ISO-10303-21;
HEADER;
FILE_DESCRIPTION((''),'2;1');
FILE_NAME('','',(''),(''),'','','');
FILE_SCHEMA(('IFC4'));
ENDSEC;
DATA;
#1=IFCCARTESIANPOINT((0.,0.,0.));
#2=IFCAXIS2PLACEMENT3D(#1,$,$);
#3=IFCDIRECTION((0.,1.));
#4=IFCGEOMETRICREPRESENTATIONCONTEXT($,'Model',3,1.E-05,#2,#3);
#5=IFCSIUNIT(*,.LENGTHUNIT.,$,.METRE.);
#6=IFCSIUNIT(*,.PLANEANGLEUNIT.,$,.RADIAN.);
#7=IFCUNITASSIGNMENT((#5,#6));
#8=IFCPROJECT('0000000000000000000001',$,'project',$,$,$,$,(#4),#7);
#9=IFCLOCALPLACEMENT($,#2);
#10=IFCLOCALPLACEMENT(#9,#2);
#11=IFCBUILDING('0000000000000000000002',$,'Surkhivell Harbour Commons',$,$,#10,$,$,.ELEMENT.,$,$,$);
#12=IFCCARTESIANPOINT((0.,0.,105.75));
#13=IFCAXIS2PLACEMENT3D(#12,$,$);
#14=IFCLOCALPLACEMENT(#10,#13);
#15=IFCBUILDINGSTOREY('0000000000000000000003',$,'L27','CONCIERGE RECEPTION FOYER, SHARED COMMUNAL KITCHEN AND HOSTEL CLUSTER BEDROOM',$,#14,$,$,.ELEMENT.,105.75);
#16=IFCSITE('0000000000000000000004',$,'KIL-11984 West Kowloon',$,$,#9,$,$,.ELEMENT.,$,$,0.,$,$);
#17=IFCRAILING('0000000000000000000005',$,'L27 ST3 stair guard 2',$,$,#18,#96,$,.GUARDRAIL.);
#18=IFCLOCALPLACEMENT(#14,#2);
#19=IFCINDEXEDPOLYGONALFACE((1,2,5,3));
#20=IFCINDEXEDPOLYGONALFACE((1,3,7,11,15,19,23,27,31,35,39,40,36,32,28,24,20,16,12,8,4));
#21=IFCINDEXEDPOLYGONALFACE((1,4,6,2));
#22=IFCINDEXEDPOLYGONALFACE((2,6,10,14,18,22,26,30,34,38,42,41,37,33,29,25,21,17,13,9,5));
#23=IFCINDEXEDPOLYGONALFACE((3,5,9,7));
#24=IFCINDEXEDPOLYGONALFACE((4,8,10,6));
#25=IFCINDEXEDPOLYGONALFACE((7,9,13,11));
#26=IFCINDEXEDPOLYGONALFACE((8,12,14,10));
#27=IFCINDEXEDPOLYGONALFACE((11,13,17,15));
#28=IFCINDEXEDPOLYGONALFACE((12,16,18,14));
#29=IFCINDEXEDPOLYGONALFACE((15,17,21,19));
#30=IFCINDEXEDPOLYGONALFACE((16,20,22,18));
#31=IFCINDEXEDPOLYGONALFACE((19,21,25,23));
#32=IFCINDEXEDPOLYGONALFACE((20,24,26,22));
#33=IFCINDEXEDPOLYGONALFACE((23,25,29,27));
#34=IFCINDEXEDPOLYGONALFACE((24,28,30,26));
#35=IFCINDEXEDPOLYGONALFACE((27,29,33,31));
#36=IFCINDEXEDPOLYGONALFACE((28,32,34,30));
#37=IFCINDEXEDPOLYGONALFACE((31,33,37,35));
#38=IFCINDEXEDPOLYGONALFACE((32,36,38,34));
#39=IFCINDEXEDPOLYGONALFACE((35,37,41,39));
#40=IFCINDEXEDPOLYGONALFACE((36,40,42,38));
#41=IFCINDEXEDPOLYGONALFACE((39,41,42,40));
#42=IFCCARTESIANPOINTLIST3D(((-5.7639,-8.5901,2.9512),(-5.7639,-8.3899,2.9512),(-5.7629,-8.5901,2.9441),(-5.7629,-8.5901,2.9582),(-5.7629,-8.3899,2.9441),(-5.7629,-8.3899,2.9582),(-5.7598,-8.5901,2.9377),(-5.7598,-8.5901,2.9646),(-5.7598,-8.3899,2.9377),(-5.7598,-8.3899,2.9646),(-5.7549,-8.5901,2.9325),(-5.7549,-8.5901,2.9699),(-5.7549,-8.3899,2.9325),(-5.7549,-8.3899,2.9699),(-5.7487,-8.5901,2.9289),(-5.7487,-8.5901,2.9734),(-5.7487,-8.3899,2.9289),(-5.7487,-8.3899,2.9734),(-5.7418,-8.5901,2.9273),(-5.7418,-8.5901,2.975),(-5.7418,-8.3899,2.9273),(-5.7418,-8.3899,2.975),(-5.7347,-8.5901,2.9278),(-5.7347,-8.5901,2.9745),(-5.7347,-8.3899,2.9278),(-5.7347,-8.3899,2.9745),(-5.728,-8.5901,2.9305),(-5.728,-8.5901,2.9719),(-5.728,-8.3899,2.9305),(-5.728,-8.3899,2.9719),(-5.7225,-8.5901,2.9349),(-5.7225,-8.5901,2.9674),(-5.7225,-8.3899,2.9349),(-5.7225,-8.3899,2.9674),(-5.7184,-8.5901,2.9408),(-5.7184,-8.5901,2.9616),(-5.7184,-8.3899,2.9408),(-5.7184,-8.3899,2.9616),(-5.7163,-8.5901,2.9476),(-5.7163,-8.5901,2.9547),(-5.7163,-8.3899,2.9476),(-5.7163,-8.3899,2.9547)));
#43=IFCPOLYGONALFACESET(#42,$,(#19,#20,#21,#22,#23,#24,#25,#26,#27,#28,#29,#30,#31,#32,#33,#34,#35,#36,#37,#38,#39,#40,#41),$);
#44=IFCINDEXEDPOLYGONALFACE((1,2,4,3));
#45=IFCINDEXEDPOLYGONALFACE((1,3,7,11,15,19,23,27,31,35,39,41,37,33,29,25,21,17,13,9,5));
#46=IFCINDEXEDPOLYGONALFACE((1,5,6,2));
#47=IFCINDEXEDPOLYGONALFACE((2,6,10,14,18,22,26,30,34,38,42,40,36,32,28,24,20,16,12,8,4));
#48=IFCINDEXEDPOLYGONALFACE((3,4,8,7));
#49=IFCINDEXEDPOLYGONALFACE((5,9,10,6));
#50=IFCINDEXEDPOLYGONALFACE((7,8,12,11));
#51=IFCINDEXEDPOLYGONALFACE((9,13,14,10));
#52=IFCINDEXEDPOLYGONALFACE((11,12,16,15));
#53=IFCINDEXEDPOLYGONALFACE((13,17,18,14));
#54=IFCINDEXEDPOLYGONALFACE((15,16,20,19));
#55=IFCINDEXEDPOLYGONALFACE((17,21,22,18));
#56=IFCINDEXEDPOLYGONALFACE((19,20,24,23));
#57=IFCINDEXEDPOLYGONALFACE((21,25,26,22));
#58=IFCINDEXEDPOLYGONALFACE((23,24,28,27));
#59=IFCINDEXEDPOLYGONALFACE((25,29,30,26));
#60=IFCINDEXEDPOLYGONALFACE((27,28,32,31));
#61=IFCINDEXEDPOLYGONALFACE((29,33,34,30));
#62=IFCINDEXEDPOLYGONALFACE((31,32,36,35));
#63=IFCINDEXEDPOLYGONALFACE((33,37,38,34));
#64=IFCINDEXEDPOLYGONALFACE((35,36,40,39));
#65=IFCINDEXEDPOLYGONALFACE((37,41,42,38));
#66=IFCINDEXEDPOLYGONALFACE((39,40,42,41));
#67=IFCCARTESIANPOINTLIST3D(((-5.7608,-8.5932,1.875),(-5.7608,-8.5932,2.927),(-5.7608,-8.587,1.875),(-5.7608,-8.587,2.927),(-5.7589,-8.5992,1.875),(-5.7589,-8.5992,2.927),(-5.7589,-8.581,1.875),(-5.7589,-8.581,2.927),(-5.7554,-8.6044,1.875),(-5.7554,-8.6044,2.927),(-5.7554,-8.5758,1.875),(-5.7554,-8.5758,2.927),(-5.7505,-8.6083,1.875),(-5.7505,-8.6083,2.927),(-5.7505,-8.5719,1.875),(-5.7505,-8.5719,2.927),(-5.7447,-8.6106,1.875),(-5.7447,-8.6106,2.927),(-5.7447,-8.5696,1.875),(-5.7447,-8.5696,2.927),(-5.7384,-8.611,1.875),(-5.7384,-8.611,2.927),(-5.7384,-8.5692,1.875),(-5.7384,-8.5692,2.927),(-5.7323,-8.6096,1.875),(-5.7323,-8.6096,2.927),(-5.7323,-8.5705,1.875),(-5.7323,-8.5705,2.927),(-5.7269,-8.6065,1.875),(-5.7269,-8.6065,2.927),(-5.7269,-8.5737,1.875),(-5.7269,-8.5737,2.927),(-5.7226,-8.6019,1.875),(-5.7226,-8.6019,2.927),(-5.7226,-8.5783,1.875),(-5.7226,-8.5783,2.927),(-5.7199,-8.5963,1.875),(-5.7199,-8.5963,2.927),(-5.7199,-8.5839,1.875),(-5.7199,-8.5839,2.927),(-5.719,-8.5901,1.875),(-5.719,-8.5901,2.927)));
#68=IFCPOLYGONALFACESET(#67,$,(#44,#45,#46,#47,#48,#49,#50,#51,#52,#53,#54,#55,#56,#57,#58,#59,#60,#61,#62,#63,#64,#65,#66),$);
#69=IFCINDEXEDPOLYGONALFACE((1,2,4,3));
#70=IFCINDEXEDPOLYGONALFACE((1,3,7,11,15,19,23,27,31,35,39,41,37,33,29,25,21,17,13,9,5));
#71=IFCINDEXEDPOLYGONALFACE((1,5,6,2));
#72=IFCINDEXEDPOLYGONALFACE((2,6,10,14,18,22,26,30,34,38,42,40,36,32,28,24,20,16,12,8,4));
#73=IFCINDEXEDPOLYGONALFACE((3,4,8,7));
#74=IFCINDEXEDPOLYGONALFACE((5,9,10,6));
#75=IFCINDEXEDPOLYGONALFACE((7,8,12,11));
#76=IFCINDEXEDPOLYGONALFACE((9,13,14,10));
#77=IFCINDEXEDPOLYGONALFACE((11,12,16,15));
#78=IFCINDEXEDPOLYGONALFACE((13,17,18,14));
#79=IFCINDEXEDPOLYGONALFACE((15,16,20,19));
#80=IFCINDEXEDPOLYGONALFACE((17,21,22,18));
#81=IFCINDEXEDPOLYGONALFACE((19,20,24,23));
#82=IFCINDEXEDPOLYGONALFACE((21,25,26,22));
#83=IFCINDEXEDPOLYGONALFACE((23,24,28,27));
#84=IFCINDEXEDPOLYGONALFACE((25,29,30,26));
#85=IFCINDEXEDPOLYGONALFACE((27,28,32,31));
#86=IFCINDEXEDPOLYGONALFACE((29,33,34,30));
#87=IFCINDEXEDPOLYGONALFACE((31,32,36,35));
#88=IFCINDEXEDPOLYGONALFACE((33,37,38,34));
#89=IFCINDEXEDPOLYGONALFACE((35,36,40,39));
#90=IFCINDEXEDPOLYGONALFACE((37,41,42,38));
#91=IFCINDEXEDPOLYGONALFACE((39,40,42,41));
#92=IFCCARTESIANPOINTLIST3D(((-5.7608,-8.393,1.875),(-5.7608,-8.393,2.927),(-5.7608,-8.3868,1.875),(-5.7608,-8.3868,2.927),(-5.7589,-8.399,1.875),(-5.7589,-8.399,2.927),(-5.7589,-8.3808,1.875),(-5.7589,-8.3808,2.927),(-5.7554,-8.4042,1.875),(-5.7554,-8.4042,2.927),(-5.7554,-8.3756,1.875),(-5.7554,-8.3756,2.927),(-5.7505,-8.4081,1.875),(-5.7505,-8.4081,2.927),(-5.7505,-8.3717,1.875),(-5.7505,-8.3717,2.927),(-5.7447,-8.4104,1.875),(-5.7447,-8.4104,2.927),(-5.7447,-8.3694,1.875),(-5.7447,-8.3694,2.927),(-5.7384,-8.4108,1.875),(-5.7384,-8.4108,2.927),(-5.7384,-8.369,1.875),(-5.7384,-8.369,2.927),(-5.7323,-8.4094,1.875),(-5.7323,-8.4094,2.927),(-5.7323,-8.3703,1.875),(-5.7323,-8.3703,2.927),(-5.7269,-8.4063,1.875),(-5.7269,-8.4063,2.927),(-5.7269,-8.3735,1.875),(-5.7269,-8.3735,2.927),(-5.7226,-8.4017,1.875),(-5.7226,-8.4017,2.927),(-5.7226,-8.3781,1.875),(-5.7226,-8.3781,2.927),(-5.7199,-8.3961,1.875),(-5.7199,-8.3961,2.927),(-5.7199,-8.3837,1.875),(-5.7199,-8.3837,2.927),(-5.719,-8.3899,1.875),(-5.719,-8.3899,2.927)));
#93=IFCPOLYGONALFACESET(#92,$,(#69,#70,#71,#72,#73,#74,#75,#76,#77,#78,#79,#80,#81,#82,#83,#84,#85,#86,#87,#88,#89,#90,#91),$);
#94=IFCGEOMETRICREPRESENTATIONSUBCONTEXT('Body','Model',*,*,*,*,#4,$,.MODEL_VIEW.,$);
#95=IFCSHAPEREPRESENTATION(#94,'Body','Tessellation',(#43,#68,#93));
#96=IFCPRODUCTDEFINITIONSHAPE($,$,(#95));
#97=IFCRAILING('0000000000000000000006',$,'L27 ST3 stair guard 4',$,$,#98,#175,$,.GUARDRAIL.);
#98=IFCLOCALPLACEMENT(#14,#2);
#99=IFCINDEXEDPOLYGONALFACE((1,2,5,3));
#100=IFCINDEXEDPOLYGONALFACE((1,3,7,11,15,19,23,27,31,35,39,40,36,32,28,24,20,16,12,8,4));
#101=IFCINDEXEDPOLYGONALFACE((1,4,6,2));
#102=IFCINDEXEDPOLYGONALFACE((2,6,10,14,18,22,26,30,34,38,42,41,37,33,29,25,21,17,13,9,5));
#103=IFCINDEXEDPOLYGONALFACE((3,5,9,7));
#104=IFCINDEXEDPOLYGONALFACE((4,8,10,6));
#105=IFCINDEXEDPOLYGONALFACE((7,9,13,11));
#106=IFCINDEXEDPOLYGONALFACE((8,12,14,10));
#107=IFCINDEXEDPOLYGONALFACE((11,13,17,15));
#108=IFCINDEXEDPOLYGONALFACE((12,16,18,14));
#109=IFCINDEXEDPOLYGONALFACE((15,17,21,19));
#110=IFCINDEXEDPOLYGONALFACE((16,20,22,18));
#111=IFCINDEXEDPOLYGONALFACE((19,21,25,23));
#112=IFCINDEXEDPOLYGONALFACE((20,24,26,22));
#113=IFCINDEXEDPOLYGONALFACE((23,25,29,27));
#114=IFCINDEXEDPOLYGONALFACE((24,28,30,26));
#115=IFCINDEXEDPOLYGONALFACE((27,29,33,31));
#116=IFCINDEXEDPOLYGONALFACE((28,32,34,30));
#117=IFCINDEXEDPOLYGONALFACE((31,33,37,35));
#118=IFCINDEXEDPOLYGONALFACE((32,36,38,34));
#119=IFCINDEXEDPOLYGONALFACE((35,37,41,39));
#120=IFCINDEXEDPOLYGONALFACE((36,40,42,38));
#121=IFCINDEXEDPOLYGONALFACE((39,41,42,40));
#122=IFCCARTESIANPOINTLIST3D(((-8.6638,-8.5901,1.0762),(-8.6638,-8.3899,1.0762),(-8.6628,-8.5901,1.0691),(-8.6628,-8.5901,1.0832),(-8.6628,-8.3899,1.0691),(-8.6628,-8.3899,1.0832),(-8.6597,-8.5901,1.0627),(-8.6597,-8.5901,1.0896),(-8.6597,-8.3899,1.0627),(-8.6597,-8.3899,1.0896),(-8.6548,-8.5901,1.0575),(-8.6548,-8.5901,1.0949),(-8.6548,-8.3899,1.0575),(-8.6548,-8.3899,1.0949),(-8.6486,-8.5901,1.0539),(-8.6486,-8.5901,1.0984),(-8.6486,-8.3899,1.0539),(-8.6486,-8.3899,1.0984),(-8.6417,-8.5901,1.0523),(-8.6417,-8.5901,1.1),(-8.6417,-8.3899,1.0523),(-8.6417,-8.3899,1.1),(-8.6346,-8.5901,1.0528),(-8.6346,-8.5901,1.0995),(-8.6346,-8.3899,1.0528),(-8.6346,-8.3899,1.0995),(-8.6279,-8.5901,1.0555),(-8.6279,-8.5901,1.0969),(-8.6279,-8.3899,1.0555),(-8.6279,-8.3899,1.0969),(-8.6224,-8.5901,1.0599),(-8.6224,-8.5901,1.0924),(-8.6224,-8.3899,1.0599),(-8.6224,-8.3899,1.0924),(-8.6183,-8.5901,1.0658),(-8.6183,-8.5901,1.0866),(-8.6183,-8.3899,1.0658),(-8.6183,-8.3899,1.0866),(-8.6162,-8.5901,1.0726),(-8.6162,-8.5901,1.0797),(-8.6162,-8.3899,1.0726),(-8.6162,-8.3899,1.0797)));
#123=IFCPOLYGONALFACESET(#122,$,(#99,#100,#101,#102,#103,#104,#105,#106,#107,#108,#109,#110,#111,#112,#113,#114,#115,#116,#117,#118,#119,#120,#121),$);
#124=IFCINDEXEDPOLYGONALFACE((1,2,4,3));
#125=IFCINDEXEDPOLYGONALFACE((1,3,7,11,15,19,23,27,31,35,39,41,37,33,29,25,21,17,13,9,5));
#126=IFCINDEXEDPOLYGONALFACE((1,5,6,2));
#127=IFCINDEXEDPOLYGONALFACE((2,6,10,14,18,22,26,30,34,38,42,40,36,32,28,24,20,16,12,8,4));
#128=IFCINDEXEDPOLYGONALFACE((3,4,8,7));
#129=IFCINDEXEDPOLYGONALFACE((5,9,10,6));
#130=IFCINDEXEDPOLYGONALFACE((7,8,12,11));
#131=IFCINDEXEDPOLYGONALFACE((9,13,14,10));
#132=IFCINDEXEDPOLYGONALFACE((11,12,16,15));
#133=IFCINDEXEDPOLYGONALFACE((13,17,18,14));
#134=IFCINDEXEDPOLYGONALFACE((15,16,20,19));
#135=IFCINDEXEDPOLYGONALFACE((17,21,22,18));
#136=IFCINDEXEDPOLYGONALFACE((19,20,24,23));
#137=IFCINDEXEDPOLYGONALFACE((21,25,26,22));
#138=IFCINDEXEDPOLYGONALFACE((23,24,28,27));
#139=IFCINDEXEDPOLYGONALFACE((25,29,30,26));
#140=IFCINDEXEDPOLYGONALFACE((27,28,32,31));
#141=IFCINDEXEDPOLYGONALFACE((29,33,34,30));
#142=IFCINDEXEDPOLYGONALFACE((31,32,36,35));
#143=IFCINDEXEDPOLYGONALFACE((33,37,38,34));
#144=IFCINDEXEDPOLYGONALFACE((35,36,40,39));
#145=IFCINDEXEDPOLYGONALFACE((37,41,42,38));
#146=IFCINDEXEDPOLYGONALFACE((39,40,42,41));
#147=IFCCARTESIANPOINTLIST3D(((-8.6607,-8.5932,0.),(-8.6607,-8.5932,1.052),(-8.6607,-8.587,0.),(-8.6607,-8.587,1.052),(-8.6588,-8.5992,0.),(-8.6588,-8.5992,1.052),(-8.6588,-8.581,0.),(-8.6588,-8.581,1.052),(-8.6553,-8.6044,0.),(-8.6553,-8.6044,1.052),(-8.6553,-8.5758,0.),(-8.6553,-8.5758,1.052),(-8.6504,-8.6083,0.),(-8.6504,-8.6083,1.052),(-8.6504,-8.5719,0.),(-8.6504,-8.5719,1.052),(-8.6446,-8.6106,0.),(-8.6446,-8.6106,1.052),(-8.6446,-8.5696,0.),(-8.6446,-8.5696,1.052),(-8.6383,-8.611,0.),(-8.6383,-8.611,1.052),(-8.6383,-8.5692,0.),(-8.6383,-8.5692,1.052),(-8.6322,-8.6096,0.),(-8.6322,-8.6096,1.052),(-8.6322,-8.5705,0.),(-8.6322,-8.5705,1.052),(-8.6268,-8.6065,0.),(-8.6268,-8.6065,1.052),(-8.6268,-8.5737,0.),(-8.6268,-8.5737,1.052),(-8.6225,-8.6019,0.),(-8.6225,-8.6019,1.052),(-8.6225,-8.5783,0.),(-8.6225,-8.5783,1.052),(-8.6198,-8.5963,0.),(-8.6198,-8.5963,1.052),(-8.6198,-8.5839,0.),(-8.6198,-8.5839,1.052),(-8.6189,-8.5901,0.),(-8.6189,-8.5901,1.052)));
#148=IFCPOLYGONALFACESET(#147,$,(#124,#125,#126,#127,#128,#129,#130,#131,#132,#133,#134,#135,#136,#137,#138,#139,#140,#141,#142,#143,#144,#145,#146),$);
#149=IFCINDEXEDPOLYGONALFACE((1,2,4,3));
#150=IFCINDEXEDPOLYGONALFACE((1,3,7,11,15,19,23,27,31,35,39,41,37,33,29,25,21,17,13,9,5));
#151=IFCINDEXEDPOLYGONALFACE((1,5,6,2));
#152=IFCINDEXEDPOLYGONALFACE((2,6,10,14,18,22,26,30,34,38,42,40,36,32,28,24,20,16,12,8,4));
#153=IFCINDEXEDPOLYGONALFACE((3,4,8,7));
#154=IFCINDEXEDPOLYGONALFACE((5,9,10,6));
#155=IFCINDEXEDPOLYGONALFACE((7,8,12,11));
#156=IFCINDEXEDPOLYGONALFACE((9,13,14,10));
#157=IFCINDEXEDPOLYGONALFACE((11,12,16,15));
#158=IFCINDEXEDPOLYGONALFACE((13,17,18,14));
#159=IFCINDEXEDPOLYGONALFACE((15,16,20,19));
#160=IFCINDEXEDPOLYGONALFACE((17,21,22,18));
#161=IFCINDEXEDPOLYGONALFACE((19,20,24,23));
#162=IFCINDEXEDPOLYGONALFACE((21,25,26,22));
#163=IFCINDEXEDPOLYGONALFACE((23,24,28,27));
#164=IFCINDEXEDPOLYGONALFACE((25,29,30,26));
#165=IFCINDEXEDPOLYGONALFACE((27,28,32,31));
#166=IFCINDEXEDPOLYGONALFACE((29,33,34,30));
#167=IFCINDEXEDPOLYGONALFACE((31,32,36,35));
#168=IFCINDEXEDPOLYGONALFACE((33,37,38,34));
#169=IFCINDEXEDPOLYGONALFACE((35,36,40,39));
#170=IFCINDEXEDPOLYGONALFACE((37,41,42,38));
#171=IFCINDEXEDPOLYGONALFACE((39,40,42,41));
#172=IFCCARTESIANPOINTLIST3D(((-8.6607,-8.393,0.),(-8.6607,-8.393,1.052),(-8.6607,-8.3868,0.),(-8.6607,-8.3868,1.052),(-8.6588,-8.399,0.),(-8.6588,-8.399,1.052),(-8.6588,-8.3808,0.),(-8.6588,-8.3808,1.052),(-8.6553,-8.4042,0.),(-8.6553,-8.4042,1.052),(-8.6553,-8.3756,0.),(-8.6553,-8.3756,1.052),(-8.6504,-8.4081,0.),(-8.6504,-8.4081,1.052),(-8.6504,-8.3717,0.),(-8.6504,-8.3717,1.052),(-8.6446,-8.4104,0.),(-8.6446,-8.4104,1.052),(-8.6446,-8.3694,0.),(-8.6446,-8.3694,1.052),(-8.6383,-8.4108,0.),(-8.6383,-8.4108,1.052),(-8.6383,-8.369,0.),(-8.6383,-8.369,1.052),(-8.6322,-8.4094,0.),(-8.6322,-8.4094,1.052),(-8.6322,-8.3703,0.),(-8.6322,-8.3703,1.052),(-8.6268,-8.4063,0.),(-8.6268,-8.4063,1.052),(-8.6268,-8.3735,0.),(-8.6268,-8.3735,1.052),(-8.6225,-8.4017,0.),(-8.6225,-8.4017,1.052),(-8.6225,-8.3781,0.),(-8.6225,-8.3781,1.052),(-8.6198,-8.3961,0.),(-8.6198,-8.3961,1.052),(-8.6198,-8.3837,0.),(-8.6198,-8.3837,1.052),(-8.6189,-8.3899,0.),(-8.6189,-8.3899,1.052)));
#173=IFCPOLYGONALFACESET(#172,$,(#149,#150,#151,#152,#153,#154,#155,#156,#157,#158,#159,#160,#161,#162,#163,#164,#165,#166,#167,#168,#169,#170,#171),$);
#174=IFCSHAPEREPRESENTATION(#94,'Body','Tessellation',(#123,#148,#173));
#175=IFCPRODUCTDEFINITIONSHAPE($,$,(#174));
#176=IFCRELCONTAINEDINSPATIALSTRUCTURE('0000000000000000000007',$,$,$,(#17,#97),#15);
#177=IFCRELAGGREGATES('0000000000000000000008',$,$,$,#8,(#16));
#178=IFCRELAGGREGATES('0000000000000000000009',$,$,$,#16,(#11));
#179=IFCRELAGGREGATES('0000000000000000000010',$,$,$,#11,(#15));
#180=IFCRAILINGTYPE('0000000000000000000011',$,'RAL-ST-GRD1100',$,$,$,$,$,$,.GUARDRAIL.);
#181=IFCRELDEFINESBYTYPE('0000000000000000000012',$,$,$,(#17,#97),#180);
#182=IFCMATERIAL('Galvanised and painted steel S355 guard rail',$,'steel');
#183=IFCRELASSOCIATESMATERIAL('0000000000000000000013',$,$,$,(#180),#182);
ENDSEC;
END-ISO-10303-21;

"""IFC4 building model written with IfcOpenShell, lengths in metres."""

from ifc_helpers import new_model, si_unit, direction, frame, origin, origin_2d, place, context, subcontext, project, spatial, circle, extrude, material, type_object, element, save


model = new_model("IFC4")

# Units and contexts
model_context = context("Model", 3, precision=1e-05, world=origin(), true_north=direction((0.0, 1.0)))
body_context = subcontext(model_context, "Body", "Model", "MODEL_VIEW")
ifc_project = project(units=[si_unit("LENGTHUNIT", "METRE"), si_unit("PLANEANGLEUNIT", "RADIAN")], contexts=[model_context])

# Site, building, storey
site_placement = place(None, origin())
site = spatial("IfcSite", under=ifc_project, at=site_placement, Name="KIL-11984 West Kowloon", CompositionType="ELEMENT", RefElevation=0.0)
building_placement = place(site_placement, origin())
building = spatial("IfcBuilding", under=site, at=building_placement, Name="Surkhivell Harbour Commons", CompositionType="ELEMENT")
storey_placement = place(building_placement, frame((0.0, 0.0, 105.75)))
storey = spatial("IfcBuildingStorey", under=building, at=storey_placement, Name="L27", Description="CONCIERGE RECEPTION FOYER, SHARED COMMUNAL KITCHEN AND HOSTEL CLUSTER BEDROOM", CompositionType="ELEMENT", Elevation=105.75)

# Railings
ifc_material_1 = material(Name="Galvanised and painted steel S355 guard rail", Category="steel")
railing_type_1 = type_object("IfcRailingType", Name="RAL-ST-GRD1100", PredefinedType="GUARDRAIL", material=ifc_material_1)
for number, where, name in (
    (1, (-5.74, -8.5901, 1.875), "L27 ST3 stair guard 2"),
    (2, (-8.6399, -8.5901, 0.0), "L27 ST3 stair guard 4"),
):
    element("IfcRailing", number, at=place(storey_placement, frame(where)), inside=storey, type_object=railing_type_1, Name=name, PredefinedType="GUARDRAIL", context=body_context, shape_type="SweptSolid", body=[
        extrude(circle(Radius=0.0239, at=origin_2d()), frame((0.0, 0.0, 1.0762), z_axis=(0.0, 1.0, 0.0), x_axis=(-1.0, 0.0, 0.0)), (0.0, 0.0, 1.0), 0.2002),
        extrude(circle(Radius=0.021, at=origin_2d()), origin(), (0.0, 0.0, 1.0), 1.052),
        extrude(circle(Radius=0.021, at=origin_2d()), frame((0.0, 0.2002, 0.0)), (0.0, 0.0, 1.0), 1.052),
    ])

save(model, "model.ifc")
